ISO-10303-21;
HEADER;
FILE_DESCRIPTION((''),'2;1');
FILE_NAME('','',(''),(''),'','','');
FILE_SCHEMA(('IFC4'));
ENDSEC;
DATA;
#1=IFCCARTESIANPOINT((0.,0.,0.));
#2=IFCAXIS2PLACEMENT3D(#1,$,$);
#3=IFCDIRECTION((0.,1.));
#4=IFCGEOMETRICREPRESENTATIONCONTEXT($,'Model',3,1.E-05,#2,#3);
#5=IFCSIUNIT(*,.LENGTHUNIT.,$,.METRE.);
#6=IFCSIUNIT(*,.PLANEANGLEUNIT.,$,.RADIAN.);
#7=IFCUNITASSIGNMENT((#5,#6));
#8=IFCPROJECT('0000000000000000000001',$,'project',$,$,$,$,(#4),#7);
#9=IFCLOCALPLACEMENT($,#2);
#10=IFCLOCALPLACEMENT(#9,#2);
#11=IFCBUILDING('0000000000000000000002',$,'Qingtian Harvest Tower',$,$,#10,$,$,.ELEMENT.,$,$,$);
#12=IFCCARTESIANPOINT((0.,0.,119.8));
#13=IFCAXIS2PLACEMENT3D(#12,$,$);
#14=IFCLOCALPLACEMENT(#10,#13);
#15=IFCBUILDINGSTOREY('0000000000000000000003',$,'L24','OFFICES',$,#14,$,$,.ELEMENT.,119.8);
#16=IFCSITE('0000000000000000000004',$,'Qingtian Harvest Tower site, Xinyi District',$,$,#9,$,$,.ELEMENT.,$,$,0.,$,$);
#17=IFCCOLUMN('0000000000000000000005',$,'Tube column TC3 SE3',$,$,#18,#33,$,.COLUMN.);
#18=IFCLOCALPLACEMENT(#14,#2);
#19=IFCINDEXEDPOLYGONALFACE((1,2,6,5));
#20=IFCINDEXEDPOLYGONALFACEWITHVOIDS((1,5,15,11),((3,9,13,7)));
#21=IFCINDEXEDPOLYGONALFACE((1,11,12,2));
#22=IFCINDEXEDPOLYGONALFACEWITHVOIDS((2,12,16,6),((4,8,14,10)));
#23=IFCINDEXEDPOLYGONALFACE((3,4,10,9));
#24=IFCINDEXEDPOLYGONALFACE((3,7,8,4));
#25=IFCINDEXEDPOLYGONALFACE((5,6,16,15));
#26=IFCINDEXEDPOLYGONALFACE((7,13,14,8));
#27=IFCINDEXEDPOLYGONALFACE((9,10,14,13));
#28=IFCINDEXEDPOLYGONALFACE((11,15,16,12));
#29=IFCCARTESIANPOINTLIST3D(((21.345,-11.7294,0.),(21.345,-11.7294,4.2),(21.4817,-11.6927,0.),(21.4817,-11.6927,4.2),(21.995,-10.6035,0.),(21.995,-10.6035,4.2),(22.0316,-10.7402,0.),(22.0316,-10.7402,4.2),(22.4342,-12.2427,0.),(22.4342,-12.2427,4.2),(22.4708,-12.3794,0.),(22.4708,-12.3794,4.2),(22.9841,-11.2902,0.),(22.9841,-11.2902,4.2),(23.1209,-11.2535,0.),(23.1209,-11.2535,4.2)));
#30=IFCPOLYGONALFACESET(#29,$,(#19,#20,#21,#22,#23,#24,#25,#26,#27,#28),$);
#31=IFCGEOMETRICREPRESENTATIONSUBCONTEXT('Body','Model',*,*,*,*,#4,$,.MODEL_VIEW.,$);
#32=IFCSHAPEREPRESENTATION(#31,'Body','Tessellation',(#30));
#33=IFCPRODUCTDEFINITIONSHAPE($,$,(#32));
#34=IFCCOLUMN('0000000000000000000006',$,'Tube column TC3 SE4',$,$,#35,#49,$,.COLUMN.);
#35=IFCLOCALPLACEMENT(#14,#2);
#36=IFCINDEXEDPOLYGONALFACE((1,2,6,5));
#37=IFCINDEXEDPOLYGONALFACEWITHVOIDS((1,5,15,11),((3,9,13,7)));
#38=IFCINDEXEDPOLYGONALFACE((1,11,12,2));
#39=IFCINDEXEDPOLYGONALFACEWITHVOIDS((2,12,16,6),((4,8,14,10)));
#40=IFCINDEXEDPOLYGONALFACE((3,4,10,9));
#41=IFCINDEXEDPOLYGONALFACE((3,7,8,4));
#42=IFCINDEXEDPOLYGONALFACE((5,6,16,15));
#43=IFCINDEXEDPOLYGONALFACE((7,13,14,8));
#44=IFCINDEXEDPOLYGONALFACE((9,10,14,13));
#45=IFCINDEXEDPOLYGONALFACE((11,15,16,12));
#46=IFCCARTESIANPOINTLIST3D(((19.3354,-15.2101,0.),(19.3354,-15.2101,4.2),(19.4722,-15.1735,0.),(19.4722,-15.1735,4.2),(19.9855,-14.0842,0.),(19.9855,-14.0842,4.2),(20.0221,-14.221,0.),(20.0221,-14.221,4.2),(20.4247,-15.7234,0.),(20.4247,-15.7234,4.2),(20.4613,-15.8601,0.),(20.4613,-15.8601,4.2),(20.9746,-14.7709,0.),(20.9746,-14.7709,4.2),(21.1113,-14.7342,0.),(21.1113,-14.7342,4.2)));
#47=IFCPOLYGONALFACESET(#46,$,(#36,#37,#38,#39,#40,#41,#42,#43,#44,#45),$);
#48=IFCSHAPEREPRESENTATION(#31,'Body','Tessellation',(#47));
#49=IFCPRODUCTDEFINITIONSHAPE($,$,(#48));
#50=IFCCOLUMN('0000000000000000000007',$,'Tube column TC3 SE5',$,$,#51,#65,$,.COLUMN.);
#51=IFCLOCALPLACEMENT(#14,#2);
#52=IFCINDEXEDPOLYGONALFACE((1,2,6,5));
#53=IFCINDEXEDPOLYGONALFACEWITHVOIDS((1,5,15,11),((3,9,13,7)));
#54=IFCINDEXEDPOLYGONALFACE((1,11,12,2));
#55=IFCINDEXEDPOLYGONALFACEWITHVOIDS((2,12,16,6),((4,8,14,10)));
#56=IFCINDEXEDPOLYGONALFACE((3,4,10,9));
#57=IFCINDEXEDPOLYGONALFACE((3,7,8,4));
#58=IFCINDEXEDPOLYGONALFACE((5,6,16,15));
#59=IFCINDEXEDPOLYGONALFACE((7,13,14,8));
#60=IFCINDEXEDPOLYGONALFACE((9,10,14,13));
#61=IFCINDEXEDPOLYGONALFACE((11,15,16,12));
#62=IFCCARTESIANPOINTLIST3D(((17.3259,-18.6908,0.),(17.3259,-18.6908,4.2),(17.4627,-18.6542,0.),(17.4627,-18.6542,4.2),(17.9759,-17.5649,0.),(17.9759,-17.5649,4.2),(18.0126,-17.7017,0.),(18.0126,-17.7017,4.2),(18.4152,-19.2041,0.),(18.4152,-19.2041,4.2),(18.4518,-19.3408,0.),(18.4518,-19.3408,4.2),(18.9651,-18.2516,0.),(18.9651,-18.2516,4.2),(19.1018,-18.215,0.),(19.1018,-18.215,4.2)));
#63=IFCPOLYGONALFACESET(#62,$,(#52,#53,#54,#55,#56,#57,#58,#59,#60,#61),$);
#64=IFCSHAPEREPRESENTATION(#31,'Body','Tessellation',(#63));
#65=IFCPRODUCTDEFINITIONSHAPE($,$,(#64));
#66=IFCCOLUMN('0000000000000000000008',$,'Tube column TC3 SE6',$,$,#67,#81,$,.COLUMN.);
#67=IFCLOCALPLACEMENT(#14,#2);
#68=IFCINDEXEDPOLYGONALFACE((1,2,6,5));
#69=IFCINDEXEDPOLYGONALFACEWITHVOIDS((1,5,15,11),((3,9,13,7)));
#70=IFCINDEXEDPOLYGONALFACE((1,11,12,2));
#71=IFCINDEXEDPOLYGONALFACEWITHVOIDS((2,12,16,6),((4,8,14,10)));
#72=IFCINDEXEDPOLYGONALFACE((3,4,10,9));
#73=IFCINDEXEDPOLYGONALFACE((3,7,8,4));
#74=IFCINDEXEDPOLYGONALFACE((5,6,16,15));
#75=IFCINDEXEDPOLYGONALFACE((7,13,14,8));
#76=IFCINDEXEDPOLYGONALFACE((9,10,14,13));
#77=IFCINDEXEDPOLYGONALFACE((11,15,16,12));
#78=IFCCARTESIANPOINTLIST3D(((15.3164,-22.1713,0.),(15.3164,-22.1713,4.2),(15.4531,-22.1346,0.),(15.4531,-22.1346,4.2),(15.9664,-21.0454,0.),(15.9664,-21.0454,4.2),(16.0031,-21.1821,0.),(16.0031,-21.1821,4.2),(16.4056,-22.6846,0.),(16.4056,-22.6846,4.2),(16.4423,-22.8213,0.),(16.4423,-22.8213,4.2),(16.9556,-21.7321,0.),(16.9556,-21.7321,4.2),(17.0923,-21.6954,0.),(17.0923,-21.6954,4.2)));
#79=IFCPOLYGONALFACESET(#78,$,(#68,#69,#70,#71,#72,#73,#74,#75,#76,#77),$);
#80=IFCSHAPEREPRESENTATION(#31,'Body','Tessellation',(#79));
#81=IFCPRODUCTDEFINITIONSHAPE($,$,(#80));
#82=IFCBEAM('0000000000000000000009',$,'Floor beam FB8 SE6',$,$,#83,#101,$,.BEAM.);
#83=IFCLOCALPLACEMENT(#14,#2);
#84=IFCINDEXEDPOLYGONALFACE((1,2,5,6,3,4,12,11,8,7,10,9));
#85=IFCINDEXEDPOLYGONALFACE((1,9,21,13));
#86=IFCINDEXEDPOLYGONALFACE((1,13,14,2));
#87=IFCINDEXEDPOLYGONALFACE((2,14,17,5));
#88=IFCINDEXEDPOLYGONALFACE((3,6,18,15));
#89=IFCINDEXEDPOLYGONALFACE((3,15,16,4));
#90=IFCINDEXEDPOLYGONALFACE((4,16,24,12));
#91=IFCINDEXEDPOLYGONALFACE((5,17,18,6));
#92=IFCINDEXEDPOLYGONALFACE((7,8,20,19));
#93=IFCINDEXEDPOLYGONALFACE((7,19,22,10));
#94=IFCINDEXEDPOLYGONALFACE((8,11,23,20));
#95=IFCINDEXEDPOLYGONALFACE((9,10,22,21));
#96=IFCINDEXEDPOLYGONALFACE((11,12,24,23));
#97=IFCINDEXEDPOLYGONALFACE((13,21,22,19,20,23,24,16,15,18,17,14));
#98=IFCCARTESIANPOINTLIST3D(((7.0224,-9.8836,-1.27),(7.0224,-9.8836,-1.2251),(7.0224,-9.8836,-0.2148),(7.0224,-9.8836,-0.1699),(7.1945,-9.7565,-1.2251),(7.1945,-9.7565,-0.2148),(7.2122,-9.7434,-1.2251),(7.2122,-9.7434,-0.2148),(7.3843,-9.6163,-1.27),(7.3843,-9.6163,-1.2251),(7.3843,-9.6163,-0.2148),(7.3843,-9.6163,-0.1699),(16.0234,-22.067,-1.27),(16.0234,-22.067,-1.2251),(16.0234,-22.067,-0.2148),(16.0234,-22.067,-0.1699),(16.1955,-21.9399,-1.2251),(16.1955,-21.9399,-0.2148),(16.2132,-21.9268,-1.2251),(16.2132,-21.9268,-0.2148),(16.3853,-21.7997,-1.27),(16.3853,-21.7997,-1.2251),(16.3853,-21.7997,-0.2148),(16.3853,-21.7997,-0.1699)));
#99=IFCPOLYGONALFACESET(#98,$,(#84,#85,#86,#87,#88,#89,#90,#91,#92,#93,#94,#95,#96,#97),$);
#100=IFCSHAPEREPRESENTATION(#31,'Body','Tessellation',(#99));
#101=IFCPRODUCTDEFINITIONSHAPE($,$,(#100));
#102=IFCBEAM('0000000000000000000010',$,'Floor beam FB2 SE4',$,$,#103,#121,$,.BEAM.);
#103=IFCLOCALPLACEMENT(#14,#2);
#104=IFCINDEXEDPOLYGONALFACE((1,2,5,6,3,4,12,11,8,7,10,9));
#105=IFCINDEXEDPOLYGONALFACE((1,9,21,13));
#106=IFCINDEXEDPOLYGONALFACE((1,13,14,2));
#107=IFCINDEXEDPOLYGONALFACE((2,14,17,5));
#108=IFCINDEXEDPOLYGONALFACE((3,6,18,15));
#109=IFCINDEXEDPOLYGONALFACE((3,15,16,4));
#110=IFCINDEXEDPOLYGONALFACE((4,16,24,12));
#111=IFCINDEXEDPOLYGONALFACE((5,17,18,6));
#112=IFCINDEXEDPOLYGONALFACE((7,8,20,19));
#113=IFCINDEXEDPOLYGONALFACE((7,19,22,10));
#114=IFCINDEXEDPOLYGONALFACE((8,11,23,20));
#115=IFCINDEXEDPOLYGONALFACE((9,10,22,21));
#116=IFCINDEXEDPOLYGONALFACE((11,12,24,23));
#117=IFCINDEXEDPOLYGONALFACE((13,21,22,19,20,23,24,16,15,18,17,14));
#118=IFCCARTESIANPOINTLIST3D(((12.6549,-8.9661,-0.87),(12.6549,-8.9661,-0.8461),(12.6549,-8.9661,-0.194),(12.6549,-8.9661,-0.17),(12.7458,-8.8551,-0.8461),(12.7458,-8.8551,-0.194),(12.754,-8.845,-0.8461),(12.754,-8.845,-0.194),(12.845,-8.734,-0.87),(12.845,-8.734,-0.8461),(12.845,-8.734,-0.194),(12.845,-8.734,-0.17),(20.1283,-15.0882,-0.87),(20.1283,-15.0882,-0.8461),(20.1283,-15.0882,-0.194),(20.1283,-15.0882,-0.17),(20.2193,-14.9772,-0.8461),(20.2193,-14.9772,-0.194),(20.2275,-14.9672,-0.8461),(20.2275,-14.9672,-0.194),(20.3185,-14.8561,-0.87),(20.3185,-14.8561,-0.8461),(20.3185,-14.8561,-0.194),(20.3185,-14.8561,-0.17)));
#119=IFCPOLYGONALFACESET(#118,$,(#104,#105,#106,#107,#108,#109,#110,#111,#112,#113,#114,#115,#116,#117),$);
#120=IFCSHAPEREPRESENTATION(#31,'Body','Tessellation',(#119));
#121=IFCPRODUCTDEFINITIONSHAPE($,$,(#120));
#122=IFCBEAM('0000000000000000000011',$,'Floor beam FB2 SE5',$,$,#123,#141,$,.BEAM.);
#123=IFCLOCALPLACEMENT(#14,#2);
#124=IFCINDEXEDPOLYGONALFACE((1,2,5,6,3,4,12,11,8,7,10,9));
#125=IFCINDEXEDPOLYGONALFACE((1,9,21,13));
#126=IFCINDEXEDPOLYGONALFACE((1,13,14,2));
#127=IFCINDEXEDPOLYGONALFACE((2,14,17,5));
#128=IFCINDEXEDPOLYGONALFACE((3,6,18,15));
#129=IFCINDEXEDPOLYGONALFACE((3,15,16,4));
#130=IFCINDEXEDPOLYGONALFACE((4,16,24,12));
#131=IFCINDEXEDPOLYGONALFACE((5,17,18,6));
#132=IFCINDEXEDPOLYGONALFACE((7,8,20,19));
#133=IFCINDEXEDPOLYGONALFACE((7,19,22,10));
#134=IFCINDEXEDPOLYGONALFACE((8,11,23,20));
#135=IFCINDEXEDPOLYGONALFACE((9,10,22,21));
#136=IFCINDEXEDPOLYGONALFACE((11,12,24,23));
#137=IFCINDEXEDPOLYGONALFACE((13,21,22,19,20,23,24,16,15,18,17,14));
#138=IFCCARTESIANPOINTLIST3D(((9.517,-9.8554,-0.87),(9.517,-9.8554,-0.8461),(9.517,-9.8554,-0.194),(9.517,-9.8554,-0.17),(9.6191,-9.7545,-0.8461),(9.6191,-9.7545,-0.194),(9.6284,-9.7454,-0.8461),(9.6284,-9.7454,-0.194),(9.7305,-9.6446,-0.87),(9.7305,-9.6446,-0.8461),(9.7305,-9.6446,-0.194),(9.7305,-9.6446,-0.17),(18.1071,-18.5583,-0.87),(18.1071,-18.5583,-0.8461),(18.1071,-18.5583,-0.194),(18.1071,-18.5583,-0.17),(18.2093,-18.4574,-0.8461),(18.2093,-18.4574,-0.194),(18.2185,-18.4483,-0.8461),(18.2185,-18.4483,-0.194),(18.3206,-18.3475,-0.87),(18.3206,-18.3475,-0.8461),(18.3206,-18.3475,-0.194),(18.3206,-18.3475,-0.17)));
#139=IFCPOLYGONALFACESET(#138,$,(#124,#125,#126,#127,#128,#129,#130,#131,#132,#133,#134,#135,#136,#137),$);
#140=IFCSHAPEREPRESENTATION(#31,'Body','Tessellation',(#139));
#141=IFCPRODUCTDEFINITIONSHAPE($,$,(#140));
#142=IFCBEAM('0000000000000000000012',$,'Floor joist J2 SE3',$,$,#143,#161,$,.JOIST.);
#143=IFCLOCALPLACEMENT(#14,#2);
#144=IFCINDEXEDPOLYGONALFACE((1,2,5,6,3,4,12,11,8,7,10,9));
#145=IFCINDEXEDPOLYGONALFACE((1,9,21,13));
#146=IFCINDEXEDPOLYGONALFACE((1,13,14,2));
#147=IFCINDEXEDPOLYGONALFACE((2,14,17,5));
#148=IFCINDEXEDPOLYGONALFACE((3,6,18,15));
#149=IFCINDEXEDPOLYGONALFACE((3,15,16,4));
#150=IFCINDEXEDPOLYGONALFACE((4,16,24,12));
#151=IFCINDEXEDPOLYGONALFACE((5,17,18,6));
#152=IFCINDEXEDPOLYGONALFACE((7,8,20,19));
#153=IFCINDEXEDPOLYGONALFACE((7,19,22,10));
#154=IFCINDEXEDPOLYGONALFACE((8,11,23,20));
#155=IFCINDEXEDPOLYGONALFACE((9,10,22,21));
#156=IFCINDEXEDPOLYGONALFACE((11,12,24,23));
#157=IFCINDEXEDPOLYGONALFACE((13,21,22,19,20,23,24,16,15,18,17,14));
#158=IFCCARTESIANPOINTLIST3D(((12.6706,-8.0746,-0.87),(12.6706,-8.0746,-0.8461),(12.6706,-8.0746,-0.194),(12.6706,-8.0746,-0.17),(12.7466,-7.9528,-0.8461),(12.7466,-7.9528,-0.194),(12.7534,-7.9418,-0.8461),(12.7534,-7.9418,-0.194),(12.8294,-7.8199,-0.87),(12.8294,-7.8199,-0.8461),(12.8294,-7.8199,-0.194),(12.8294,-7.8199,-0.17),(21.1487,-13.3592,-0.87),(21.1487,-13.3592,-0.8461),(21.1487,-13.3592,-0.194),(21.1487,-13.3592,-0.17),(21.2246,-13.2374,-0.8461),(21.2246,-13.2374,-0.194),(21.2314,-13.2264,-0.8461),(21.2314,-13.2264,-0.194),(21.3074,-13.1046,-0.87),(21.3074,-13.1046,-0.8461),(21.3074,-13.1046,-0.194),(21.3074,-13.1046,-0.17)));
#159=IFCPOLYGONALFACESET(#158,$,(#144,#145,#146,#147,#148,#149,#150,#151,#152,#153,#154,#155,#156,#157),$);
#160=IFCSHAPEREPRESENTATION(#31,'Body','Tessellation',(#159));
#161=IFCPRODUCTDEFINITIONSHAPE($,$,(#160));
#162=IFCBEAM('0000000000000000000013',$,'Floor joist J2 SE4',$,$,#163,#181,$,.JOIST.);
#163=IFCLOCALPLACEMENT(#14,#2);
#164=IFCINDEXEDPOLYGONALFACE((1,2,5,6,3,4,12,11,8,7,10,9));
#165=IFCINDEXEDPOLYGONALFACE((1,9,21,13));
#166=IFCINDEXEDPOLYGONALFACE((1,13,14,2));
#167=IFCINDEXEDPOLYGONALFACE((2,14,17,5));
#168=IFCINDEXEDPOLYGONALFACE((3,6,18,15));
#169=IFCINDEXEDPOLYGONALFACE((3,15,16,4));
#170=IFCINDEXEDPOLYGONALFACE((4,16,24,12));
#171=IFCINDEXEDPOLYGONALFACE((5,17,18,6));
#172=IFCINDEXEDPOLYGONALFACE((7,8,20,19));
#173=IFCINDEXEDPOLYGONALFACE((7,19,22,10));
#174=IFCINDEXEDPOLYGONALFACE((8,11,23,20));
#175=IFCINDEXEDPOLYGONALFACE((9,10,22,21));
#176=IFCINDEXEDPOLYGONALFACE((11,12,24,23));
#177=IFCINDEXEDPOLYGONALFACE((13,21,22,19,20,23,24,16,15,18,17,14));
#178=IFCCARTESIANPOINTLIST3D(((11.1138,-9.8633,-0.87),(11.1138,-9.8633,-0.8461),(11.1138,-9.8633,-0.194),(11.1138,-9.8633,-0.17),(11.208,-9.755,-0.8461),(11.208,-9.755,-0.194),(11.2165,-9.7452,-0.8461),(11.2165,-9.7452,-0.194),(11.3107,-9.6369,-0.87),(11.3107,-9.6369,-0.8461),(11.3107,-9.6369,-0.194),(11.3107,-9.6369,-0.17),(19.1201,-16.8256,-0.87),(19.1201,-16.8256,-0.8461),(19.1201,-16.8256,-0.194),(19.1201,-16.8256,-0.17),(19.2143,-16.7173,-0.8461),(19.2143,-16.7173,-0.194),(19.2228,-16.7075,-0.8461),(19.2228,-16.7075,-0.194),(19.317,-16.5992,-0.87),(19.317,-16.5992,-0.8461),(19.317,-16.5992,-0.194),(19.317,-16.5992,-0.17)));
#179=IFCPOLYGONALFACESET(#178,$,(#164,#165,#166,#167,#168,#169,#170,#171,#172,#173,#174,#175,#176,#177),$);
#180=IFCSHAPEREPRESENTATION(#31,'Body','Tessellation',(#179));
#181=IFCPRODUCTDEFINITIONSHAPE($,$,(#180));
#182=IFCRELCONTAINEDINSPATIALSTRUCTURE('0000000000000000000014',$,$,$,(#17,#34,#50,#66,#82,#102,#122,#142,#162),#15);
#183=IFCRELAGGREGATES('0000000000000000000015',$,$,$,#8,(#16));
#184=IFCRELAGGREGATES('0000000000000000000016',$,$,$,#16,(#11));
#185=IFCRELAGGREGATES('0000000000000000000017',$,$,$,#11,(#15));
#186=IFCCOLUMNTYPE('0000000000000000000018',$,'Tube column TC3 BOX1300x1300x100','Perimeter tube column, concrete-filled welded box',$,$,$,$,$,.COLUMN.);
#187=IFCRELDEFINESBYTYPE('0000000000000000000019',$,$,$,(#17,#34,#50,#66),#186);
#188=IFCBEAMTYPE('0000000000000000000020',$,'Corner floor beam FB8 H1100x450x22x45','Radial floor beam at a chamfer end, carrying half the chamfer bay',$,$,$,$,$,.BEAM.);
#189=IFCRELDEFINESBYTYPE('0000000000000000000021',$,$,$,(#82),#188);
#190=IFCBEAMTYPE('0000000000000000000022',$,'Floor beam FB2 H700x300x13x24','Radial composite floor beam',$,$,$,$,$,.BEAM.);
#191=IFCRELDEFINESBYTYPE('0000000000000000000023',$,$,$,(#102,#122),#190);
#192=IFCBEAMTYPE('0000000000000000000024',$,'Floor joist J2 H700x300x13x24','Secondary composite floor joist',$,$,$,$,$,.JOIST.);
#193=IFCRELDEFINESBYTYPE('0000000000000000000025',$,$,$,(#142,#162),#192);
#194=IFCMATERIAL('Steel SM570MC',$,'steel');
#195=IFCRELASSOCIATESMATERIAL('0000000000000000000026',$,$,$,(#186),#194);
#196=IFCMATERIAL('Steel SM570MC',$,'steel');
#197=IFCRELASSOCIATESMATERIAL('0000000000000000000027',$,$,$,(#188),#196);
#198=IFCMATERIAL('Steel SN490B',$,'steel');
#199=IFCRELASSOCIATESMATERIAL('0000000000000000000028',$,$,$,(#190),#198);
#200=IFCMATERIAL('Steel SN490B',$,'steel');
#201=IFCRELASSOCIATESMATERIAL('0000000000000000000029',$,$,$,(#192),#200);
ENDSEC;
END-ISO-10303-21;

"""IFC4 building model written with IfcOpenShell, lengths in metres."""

from ifc_helpers import new_model, si_unit, direction, frame, origin, origin_2d, place, context, subcontext, project, spatial, hollow_rectangle, i_section, extrude, material, material_profile, profile_set, type_object, element, save


model = new_model("IFC4")

# Units and contexts
model_context = context("Model", 3, precision=1e-05, world=origin(), true_north=direction((0.0, 1.0)))
body_context = subcontext(model_context, "Body", "Model", "MODEL_VIEW")
ifc_project = project(units=[si_unit("LENGTHUNIT", "METRE"), si_unit("PLANEANGLEUNIT", "RADIAN")], contexts=[model_context])

# Site, building, storey
site_placement = place(None, origin())
site = spatial("IfcSite", under=ifc_project, at=site_placement, Name="Qingtian Harvest Tower site, Xinyi District", CompositionType="ELEMENT", RefElevation=0.0)
building_placement = place(site_placement, origin())
building = spatial("IfcBuilding", under=site, at=building_placement, Name="Qingtian Harvest Tower", CompositionType="ELEMENT")
storey_placement = place(building_placement, frame((0.0, 0.0, 119.8)))
storey = spatial("IfcBuildingStorey", under=building, at=storey_placement, Name="L24", Description="OFFICES", CompositionType="ELEMENT", Elevation=119.8)

# Columns
ifc_material_1 = material(Name="Steel SM570MC", Category="steel")
ifc_material_profile_1 = material_profile(ifc_material_1, hollow_rectangle(XDim=1.3, YDim=1.3, WallThickness=0.1001, at=origin_2d()), Name="BOX1300x1300x100")
ifc_profile_set_1 = profile_set([ifc_material_profile_1], Name="Steel SM570MC")
column_type = type_object("IfcColumnType", Name="Tube column TC3 BOX1300x1300x100", Description="Perimeter tube column, concrete-filled welded box", PredefinedType="COLUMN", material=ifc_profile_set_1)
for number, where, z_axis, x_axis, name in (
    (1, (22.2329, -11.4915, 0.0), (0.0, 0.0, 1.0), (0.5, 0.866025, 0.0), "Tube column TC3 SE3"),
    (2, (20.2234, -14.9722, 0.0), (0.0, 0.0, 1.0), (0.5, 0.866025, 0.0), "Tube column TC3 SE4"),
    (3, (18.2139, -18.4529, 0.0), (0.0, 0.0, 1.0), (0.5, 0.866025, 0.0), "Tube column TC3 SE5"),
    (4, (16.2043, -21.9333, 0.0), (0.0, 0.0, 1.0), (0.5, 0.866025, 0.0), "Tube column TC3 SE6"),
):
    element("IfcColumn", number, at=place(storey_placement, frame(where, z_axis=z_axis, x_axis=x_axis)), inside=storey, type_object=column_type, Name=name, PredefinedType="COLUMN", context=body_context, shape_type="SweptSolid", body=[
        extrude(hollow_rectangle(XDim=1.3, YDim=1.3, WallThickness=0.1001, at=origin_2d()), origin(), (0.0, 0.0, 1.0), 4.2),
    ])

# Beams
ifc_material_2 = material(Name="Steel SM570MC", Category="steel")
ifc_material_profile_2 = material_profile(ifc_material_2, i_section(OverallWidth=0.45, OverallDepth=1.1001, WebThickness=0.022, FlangeThickness=0.0449, at=origin_2d()), Name="H1100x450x22x45")
ifc_profile_set_2 = profile_set([ifc_material_profile_2], Name="Steel SM570MC")
beam_type_1 = type_object("IfcBeamType", Name="Corner floor beam FB8 H1100x450x22x45", Description="Radial floor beam at a chamfer end, carrying half the chamfer bay", PredefinedType="BEAM", material=ifc_profile_set_2)
beam_1_placement = place(storey_placement, frame((16.2043, -21.9333, -0.72), z_axis=(-0.594216, 0.804306, 0.0), x_axis=(-0.804306, -0.594216, 0.0)))
element("IfcBeam", 5, at=beam_1_placement, inside=storey, type_object=beam_type_1, Name="Floor beam FB8 SE6", PredefinedType="BEAM", context=body_context, shape_type="SweptSolid", body=[
    extrude(i_section(OverallWidth=0.45, OverallDepth=1.1001, WebThickness=0.022, FlangeThickness=0.0449, at=origin_2d()), origin(), (0.0, 0.0, 1.0), 15.1477),
])
ifc_material_3 = material(Name="Steel SN490B", Category="steel")
ifc_material_profile_3 = material_profile(ifc_material_3, i_section(OverallWidth=0.3, OverallDepth=0.7, WebThickness=0.0129, FlangeThickness=0.0239, at=origin_2d()), Name="H700x300x13x24")
ifc_profile_set_3 = profile_set([ifc_material_profile_3], Name="Steel SN490B")
beam_type_2 = type_object("IfcBeamType", Name="Floor beam FB2 H700x300x13x24", Description="Radial composite floor beam", PredefinedType="BEAM", material=ifc_profile_set_3)
beam_2_placement = place(storey_placement, frame((20.2234, -14.9722, -0.52), z_axis=(-0.773578, 0.633701, 0.0), x_axis=(-0.633701, -0.773578, 0.0)))
element("IfcBeam", 6, at=beam_2_placement, inside=storey, type_object=beam_type_2, Name="Floor beam FB2 SE4", PredefinedType="BEAM", context=body_context, shape_type="SweptSolid", body=[
    extrude(i_section(OverallWidth=0.3, OverallDepth=0.7, WebThickness=0.0129, FlangeThickness=0.0239, at=origin_2d()), origin(), (0.0, 0.0, 1.0), 9.6609),
])
beam_3_placement = place(storey_placement, frame((18.2139, -18.4529, -0.52), z_axis=(-0.70248, 0.711704, 0.0), x_axis=(-0.711704, -0.70248, 0.0)))
element("IfcBeam", 7, at=beam_3_placement, inside=storey, type_object=beam_type_2, Name="Floor beam FB2 SE5", PredefinedType="BEAM", context=body_context, shape_type="SweptSolid", body=[
    extrude(i_section(OverallWidth=0.3, OverallDepth=0.7, WebThickness=0.0129, FlangeThickness=0.0239, at=origin_2d()), origin(), (0.0, 0.0, 1.0), 12.2283),
])
ifc_material_4 = material(Name="Steel SN490B", Category="steel")
ifc_material_profile_4 = material_profile(ifc_material_4, i_section(OverallWidth=0.3, OverallDepth=0.7, WebThickness=0.0129, FlangeThickness=0.0239, at=origin_2d()), Name="H700x300x13x24")
ifc_profile_set_4 = profile_set([ifc_material_profile_4], Name="Steel SN490B")
beam_type_3 = type_object("IfcBeamType", Name="Floor joist J2 H700x300x13x24", Description="Secondary composite floor joist", PredefinedType="JOIST", material=ifc_profile_set_4)
beam_4_placement = place(storey_placement, frame((21.228, -13.2319, -0.52), z_axis=(-0.848632, 0.528984, 0.0), x_axis=(-0.528984, -0.848632, 0.0)))
element("IfcBeam", 8, at=beam_4_placement, inside=storey, type_object=beam_type_3, Name="Floor joist J2 SE3", PredefinedType="JOIST", context=body_context, shape_type="SweptSolid", body=[
    extrude(i_section(OverallWidth=0.3, OverallDepth=0.7, WebThickness=0.0129, FlangeThickness=0.0239, at=origin_2d()), origin(), (0.0, 0.0, 1.0), 9.9902),
])
beam_5_placement = place(storey_placement, frame((19.2185, -16.7124, -0.52), z_axis=(-0.754589, 0.656198, 0.0), x_axis=(-0.656198, -0.754589, 0.0)))
element("IfcBeam", 9, at=beam_5_placement, inside=storey, type_object=beam_type_3, Name="Floor joist J2 SE4", PredefinedType="JOIST", context=body_context, shape_type="SweptSolid", body=[
    extrude(i_section(OverallWidth=0.3, OverallDepth=0.7, WebThickness=0.0129, FlangeThickness=0.0239, at=origin_2d()), origin(), (0.0, 0.0, 1.0), 10.6101),
])

save(model, "model.ifc")
